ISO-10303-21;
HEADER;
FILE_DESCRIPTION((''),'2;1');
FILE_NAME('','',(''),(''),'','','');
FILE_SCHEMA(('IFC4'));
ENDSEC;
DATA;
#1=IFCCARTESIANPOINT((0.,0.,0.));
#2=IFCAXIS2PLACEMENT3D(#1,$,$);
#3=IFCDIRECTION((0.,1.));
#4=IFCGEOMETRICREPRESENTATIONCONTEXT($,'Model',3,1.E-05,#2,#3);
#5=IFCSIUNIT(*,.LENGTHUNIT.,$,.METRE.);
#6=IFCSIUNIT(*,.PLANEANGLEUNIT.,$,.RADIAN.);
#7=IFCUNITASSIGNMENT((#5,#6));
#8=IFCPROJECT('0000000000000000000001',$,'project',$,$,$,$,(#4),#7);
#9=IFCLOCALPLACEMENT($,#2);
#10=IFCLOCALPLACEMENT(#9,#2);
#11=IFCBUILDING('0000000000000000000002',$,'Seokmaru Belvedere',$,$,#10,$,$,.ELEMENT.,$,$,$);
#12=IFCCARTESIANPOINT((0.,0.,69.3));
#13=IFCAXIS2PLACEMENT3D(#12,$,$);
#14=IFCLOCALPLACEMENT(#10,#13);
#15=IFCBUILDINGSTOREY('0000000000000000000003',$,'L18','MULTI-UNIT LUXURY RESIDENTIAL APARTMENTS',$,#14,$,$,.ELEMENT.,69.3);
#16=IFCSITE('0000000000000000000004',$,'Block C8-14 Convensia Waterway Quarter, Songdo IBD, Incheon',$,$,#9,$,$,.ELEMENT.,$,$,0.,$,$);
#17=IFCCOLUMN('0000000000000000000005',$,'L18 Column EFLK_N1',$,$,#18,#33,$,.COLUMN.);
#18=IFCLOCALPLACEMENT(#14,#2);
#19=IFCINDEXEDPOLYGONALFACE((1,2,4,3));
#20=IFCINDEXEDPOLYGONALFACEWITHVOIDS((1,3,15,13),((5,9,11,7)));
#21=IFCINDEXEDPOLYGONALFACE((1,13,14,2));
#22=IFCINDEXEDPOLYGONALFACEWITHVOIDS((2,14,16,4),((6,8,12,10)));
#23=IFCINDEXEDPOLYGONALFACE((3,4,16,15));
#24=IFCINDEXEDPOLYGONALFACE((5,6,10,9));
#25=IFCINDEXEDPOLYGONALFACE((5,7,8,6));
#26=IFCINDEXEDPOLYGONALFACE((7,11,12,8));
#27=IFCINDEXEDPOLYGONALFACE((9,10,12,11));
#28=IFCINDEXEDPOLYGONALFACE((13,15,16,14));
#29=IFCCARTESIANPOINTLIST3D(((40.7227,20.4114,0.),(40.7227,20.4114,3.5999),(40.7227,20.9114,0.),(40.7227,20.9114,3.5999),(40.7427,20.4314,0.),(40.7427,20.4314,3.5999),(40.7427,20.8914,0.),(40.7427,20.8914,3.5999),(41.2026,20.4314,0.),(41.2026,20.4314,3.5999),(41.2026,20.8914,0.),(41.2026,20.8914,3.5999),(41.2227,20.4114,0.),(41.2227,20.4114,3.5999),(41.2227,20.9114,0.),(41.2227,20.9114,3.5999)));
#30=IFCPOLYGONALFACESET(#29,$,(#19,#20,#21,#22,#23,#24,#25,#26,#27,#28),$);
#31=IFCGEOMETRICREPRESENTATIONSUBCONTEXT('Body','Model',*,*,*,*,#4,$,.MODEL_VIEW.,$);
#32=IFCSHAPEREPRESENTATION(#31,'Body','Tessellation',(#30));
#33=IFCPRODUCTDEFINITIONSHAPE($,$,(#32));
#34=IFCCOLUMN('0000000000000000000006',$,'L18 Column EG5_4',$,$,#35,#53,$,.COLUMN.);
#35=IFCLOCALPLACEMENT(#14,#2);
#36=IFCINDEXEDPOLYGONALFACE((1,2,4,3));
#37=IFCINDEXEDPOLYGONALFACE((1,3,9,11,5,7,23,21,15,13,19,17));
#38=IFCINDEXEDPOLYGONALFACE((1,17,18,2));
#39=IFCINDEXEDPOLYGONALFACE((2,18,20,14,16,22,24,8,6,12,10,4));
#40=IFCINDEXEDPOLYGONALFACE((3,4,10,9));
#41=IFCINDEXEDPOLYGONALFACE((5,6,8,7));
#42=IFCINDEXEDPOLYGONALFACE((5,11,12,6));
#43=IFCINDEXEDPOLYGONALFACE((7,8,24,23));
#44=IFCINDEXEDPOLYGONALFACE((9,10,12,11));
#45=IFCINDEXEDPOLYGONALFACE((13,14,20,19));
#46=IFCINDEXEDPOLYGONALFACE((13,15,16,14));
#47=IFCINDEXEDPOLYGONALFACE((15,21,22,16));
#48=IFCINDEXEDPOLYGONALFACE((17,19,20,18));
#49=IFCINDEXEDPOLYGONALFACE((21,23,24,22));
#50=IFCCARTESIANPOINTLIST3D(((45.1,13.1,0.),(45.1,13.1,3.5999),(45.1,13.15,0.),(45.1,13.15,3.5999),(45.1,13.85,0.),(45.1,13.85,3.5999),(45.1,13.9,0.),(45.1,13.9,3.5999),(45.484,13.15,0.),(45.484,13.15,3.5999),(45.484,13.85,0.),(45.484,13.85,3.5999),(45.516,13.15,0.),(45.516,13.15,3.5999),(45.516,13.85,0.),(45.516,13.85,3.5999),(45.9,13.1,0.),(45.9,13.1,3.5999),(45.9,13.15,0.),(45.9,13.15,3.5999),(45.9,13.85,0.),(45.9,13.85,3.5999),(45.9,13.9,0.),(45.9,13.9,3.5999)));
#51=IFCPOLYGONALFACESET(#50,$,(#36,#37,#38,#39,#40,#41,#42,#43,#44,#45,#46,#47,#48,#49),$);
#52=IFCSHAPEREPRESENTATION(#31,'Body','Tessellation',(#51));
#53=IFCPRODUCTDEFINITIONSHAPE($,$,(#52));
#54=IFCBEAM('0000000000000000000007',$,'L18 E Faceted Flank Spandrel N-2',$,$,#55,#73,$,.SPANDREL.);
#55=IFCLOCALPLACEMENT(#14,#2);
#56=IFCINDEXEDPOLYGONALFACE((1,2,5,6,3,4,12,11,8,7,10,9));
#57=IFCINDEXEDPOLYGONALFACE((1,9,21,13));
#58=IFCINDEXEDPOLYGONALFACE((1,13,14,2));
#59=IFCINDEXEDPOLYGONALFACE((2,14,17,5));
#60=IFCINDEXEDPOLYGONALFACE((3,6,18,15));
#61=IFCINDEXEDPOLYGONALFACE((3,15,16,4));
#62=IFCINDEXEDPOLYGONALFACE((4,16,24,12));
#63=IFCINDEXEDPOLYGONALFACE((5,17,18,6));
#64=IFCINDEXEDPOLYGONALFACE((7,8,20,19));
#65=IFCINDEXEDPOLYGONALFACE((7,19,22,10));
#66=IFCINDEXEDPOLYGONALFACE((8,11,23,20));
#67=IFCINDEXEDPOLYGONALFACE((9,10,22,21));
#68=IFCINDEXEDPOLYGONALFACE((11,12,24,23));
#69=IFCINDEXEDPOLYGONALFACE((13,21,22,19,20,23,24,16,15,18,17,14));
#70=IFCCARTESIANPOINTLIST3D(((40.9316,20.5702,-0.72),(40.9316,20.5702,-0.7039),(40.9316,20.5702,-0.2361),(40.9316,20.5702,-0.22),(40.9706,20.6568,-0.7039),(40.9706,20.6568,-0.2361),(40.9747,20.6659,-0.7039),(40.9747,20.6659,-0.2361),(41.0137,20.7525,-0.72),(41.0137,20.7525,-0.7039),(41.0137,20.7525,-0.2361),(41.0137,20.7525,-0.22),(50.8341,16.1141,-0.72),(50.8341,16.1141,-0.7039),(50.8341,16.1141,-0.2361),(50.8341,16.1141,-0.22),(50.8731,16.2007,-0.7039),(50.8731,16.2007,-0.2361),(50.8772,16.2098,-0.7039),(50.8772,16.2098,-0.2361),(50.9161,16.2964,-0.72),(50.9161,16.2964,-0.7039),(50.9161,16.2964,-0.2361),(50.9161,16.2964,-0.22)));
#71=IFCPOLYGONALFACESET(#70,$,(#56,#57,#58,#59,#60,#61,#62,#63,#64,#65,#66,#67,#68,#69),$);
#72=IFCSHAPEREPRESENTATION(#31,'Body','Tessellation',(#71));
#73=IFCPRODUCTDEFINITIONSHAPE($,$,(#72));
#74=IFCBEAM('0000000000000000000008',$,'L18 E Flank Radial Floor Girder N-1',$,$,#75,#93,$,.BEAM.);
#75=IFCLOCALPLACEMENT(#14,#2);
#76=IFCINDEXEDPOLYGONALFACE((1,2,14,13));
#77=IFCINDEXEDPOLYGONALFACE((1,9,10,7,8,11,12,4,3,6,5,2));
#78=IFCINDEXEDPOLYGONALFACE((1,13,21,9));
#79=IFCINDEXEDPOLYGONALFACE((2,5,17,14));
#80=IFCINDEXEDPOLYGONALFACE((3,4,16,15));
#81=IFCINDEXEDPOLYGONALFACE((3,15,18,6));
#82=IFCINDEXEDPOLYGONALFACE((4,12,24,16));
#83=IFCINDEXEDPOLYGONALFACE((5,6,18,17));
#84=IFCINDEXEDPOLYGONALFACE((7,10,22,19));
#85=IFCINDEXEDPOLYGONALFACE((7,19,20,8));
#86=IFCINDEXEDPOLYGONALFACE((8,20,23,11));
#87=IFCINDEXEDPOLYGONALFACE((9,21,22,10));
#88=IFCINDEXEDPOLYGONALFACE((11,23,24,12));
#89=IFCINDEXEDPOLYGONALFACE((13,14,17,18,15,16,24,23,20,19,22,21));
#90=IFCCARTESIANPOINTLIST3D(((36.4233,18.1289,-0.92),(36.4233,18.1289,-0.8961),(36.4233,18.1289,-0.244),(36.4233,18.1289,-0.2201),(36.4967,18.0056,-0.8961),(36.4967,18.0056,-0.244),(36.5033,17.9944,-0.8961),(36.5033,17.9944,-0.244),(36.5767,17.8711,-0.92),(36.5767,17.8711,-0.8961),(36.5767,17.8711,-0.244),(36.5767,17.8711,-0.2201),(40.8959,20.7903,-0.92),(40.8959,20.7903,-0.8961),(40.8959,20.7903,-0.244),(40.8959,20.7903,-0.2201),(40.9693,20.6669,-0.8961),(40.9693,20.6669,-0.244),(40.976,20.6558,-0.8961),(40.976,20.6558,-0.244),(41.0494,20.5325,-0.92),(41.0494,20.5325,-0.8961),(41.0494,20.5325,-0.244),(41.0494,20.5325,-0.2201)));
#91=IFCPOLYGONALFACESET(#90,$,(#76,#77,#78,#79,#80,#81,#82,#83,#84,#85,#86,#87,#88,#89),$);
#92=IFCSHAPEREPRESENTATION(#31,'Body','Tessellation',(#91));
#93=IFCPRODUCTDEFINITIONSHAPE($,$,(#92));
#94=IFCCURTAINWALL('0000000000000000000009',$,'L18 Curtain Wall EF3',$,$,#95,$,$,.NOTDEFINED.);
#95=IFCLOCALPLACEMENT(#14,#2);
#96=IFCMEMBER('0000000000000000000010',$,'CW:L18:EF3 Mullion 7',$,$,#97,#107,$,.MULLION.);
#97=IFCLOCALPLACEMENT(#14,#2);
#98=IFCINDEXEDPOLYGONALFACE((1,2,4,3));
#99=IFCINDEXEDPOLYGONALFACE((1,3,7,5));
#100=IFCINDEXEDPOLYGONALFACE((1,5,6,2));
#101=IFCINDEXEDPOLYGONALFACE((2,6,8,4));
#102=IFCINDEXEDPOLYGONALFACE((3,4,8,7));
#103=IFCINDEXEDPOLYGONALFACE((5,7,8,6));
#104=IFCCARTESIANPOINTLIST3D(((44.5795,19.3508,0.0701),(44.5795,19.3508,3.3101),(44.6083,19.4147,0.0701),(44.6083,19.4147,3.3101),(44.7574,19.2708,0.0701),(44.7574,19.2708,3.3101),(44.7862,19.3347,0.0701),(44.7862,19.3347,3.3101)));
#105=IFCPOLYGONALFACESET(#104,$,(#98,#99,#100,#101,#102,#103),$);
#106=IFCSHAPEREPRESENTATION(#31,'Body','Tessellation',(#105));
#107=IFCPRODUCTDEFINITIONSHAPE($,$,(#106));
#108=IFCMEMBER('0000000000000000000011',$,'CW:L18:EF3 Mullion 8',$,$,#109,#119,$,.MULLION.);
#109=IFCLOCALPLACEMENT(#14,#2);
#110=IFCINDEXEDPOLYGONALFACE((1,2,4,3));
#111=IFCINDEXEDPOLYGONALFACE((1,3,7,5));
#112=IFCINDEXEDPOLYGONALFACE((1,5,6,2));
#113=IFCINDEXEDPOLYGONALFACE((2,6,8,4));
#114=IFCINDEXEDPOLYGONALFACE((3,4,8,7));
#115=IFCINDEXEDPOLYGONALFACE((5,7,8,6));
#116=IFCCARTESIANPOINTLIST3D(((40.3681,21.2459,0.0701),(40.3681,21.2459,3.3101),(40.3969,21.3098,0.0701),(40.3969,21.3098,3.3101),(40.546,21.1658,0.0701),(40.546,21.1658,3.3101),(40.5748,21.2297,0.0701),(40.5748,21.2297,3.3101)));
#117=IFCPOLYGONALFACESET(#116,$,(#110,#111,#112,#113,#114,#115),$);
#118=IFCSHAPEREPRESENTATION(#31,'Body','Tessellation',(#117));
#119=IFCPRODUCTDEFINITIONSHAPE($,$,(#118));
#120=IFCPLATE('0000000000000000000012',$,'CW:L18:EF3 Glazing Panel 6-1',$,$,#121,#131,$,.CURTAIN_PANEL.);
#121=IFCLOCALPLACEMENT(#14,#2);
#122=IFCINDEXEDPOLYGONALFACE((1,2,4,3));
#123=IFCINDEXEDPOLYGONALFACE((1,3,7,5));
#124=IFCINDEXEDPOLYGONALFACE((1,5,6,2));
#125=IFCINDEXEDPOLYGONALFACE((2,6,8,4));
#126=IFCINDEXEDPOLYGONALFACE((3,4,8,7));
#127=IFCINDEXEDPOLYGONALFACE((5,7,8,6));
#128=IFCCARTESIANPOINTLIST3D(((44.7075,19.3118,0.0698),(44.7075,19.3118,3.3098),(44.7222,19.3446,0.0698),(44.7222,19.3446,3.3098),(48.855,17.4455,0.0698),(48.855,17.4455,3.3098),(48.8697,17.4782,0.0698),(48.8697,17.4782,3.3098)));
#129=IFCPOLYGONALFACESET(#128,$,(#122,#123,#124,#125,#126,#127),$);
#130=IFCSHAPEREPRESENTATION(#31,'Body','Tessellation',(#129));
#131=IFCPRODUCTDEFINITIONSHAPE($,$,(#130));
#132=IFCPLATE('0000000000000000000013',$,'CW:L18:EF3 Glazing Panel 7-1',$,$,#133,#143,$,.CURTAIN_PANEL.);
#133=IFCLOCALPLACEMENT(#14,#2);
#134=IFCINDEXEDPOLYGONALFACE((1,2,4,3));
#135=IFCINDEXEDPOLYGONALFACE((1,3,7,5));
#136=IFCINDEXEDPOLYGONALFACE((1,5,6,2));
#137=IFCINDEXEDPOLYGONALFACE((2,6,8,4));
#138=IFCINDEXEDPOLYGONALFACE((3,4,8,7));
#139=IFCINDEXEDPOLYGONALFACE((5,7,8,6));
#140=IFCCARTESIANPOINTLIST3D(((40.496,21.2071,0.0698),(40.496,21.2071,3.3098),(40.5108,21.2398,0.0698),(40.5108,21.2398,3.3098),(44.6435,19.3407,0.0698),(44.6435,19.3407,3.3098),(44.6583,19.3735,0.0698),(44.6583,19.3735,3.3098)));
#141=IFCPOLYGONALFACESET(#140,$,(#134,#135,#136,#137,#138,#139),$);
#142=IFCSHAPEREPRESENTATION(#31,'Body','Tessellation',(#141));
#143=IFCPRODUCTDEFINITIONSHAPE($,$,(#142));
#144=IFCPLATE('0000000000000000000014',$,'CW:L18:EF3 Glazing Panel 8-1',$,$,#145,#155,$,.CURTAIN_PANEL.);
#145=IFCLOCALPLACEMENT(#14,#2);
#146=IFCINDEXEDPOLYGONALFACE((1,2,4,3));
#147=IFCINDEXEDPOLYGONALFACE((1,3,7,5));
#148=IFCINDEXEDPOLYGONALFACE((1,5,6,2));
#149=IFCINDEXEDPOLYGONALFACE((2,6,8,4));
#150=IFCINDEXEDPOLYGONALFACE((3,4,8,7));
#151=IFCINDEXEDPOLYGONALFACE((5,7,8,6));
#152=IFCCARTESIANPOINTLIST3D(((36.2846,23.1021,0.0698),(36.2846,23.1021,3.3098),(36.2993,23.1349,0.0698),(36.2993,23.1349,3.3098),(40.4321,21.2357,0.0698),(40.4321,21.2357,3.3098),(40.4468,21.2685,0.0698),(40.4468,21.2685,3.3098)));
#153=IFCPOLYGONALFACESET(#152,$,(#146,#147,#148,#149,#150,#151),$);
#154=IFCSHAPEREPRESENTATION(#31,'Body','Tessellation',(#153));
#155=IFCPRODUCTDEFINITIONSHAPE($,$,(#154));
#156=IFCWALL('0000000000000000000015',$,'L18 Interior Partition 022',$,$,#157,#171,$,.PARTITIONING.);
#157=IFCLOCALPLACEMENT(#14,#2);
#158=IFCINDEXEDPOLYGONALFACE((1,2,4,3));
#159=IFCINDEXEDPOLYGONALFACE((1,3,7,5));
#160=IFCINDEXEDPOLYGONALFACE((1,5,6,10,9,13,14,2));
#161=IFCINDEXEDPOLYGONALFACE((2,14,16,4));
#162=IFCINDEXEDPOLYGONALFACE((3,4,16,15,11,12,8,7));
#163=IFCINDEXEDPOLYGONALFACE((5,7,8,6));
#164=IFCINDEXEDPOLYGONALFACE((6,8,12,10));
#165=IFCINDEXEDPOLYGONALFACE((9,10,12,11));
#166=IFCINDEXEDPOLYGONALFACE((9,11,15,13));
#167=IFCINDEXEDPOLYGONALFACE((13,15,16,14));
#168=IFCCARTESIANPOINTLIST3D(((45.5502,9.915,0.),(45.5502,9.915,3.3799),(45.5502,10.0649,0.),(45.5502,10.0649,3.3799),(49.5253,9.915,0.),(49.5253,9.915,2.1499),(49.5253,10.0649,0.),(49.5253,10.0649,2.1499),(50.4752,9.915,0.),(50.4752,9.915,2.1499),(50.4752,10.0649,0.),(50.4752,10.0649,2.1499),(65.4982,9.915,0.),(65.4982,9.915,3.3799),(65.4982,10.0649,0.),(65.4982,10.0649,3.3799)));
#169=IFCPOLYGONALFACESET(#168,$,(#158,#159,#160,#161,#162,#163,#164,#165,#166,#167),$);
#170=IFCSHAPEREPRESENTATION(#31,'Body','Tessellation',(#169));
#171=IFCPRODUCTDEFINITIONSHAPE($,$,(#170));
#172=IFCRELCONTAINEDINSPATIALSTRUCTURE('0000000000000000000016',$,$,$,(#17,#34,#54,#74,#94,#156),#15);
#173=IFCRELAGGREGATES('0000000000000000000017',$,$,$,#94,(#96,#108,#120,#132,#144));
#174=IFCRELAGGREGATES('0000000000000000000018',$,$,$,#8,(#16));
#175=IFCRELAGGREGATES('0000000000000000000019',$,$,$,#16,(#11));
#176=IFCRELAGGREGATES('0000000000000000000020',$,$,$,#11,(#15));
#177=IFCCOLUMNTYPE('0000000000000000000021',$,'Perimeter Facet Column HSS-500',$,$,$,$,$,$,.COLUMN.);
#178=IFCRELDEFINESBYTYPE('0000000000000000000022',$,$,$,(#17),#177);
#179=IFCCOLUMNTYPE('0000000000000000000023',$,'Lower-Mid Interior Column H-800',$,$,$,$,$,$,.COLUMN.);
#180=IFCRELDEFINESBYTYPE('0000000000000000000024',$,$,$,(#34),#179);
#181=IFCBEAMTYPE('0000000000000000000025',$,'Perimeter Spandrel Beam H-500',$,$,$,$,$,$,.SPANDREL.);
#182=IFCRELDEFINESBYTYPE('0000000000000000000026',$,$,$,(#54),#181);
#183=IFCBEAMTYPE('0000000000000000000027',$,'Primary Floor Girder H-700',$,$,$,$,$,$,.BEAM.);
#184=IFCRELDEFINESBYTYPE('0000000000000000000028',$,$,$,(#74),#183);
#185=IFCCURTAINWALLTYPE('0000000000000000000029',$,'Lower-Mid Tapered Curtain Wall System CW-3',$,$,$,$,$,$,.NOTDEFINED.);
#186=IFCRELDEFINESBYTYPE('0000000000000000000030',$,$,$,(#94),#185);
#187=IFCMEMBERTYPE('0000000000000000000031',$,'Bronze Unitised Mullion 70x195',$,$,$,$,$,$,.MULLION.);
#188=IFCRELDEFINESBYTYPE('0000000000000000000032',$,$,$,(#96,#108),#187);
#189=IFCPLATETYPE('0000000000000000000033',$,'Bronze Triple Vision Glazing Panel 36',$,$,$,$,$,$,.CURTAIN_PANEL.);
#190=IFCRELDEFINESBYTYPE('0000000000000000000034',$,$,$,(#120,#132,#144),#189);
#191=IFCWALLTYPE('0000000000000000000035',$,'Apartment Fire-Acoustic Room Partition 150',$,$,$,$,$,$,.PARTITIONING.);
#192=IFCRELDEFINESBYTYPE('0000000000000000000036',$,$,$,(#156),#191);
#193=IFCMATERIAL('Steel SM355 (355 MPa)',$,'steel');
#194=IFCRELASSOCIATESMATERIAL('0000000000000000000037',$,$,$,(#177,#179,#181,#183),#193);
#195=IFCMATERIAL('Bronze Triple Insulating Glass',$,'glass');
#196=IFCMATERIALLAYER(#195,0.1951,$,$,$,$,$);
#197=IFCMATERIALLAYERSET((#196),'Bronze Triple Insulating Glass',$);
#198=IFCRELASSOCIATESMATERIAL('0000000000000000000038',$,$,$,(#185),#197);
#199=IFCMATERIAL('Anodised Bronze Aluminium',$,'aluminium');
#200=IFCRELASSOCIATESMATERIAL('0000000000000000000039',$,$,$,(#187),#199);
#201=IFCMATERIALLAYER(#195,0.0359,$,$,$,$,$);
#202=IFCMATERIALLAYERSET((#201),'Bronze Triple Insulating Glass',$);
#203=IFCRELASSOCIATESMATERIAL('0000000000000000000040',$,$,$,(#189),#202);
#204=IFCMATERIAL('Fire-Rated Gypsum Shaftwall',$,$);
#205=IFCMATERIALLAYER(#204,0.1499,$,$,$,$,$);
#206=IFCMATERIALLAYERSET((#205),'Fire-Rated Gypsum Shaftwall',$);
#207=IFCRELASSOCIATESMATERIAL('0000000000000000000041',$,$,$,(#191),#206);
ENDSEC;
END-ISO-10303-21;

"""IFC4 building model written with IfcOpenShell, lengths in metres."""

from ifc_helpers import new_model, si_unit, direction, frame, frame_2d, origin, origin_2d, place, context, subcontext, project, spatial, rectangle, hollow_rectangle, i_section, extrude, source, transform, mapped, material, layer, layer_set, material_profile, profile_set, type_object, type_shapes, element, aggregate, save


model = new_model("IFC4")

# Units and contexts
model_context = context("Model", 3, precision=1e-05, world=origin(), true_north=direction((0.0, 1.0)))
body_context = subcontext(model_context, "Body", "Model", "MODEL_VIEW")
ifc_project = project(units=[si_unit("LENGTHUNIT", "METRE"), si_unit("PLANEANGLEUNIT", "RADIAN")], contexts=[model_context])

# Site, building, storey
site_placement = place(None, origin())
site = spatial("IfcSite", under=ifc_project, at=site_placement, Name="Block C8-14 Convensia Waterway Quarter, Songdo IBD, Incheon", CompositionType="ELEMENT", RefElevation=0.0)
building_placement = place(site_placement, origin())
building = spatial("IfcBuilding", under=site, at=building_placement, Name="Seokmaru Belvedere", CompositionType="ELEMENT")
storey_placement = place(building_placement, frame((0.0, 0.0, 69.3)))
storey = spatial("IfcBuildingStorey", under=building, at=storey_placement, Name="L18", Description="MULTI-UNIT LUXURY RESIDENTIAL APARTMENTS", CompositionType="ELEMENT", Elevation=69.3)

# Columns
ifc_material_1 = material(Name="Steel SM355 (355 MPa)", Category="steel")
ifc_material_profile_1 = material_profile(ifc_material_1, hollow_rectangle(XDim=0.5, YDim=0.5, WallThickness=0.02, at=origin_2d()), Name="HSS-500x500x20")
ifc_profile_set_1 = profile_set([ifc_material_profile_1], Name="Steel SM355 (355 MPa)")
column_type_1 = type_object("IfcColumnType", Name="Perimeter Facet Column HSS-500", PredefinedType="COLUMN", material=ifc_profile_set_1)
shared_shape_1 = source(origin(), body_context, "Body", "SweptSolid", [
    extrude(hollow_rectangle(XDim=0.5, YDim=0.5, WallThickness=0.02, at=origin_2d()), origin(), (0.0, 0.0, 1.0), 3.5999),
])
type_shapes(column_type_1, [shared_shape_1])
column_1_placement = place(storey_placement, frame((40.9727, 20.6614, 0.0), z_axis=(0.0, 0.0, 1.0), x_axis=(1.0, 0.0, 0.0)))
element("IfcColumn", 1, at=column_1_placement, inside=storey, type_object=column_type_1, Name="L18 Column EFLK_N1", PredefinedType="COLUMN", context=body_context, shape_type="MappedRepresentation", body=[
    mapped(shared_shape_1, transform((0.0, 0.0, 0.0), scale=1.0)),
])
ifc_material_profile_2 = material_profile(ifc_material_1, i_section(OverallWidth=0.8, OverallDepth=0.8, WebThickness=0.032, FlangeThickness=0.05, at=origin_2d()), Name="H-800x800x32x50")
ifc_profile_set_2 = profile_set([ifc_material_profile_2], Name="Steel SM355 (355 MPa)")
column_type_2 = type_object("IfcColumnType", Name="Lower-Mid Interior Column H-800", PredefinedType="COLUMN", material=ifc_profile_set_2)
shared_shape_2 = source(origin(), body_context, "Body", "SweptSolid", [
    extrude(i_section(OverallWidth=0.8, OverallDepth=0.8, WebThickness=0.032, FlangeThickness=0.05, at=origin_2d()), origin(), (0.0, 0.0, 1.0), 3.5999),
])
type_shapes(column_type_2, [shared_shape_2])
column_2_placement = place(storey_placement, frame((45.5, 13.5, 0.0), z_axis=(0.0, 0.0, 1.0), x_axis=(1.0, 0.0, 0.0)))
element("IfcColumn", 2, at=column_2_placement, inside=storey, type_object=column_type_2, Name="L18 Column EG5_4", PredefinedType="COLUMN", context=body_context, shape_type="MappedRepresentation", body=[
    mapped(shared_shape_2, transform((0.0, 0.0, 0.0), scale=1.0)),
])

# Beams
ifc_material_profile_3 = material_profile(ifc_material_1, i_section(OverallWidth=0.2, OverallDepth=0.5, WebThickness=0.01, FlangeThickness=0.0161, at=origin_2d()), Name="H-500x200x10x16")
ifc_profile_set_3 = profile_set([ifc_material_profile_3], Name="Steel SM355 (355 MPa)")
beam_type_1 = type_object("IfcBeamType", Name="Perimeter Spandrel Beam H-500", PredefinedType="SPANDREL", material=ifc_profile_set_3)
shared_shape_3 = source(origin(), body_context, "Body", "SweptSolid", [
    extrude(i_section(OverallWidth=0.2, OverallDepth=0.5, WebThickness=0.01, FlangeThickness=0.0161, at=origin_2d()), origin(), (0.0, 0.0, 1.0), 10.8589),
])
type_shapes(beam_type_1, [shared_shape_3])
beam_1_placement = place(storey_placement, frame((40.9727, 20.6614, -0.47), z_axis=(0.911922, -0.410365, 0.0), x_axis=(0.410365, 0.911922, 0.0)))
element("IfcBeam", 3, at=beam_1_placement, inside=storey, type_object=beam_type_1, Name="L18 E Faceted Flank Spandrel N-2", PredefinedType="SPANDREL", context=body_context, shape_type="MappedRepresentation", body=[
    mapped(shared_shape_3, transform((0.0, 0.0, 0.0), scale=1.0)),
])
ifc_material_profile_4 = material_profile(ifc_material_1, i_section(OverallWidth=0.3, OverallDepth=0.7, WebThickness=0.0129, FlangeThickness=0.0239, at=origin_2d()), Name="H-700x300x13x24")
ifc_profile_set_4 = profile_set([ifc_material_profile_4], Name="Steel SM355 (355 MPa)")
beam_type_2 = type_object("IfcBeamType", Name="Primary Floor Girder H-700", PredefinedType="BEAM", material=ifc_profile_set_4)
shared_shape_4 = source(origin(), body_context, "Body", "SweptSolid", [
    extrude(i_section(OverallWidth=0.3, OverallDepth=0.7, WebThickness=0.0129, FlangeThickness=0.0239, at=origin_2d()), origin(), (0.0, 0.0, 1.0), 5.2046),
])
type_shapes(beam_type_2, [shared_shape_4])
beam_2_placement = place(storey_placement, frame((40.9727, 20.6614, -0.5701), z_axis=(-0.85937, -0.511354, 0.0), x_axis=(0.511354, -0.85937, 0.0)))
element("IfcBeam", 4, at=beam_2_placement, inside=storey, type_object=beam_type_2, Name="L18 E Flank Radial Floor Girder N-1", PredefinedType="BEAM", context=body_context, shape_type="MappedRepresentation", body=[
    mapped(shared_shape_4, transform((0.0, 0.0, 0.0), scale=1.0)),
])

# Curtain wall, members, plates
ifc_material_2 = material(Name="Bronze Triple Insulating Glass", Category="glass")
ifc_layer_1 = layer(ifc_material_2, 0.1951)
ifc_layer_set_1 = layer_set([ifc_layer_1], Name="Bronze Triple Insulating Glass")
curtain_wall_type = type_object("IfcCurtainWallType", Name="Lower-Mid Tapered Curtain Wall System CW-3", PredefinedType="NOTDEFINED", material=ifc_layer_set_1)
curtain_wall_placement = place(storey_placement, origin())
curtain_wall = element("IfcCurtainWall", 5, at=curtain_wall_placement, inside=storey, type_object=curtain_wall_type, Name="L18 Curtain Wall EF3", PredefinedType="NOTDEFINED")
ifc_material_3 = material(Name="Anodised Bronze Aluminium", Category="aluminium")
ifc_material_profile_5 = material_profile(ifc_material_3, rectangle(XDim=0.0701, YDim=0.1951, at=origin_2d()), Name="CW-M-70x195")
ifc_profile_set_5 = profile_set([ifc_material_profile_5], Name="Anodised Bronze Aluminium")
member_type = type_object("IfcMemberType", Name="Bronze Unitised Mullion 70x195", PredefinedType="MULLION", material=ifc_profile_set_5)
shared_shape_5 = source(origin(), body_context, "Body", "SweptSolid", [
    extrude(rectangle(XDim=0.0701, YDim=0.1951, at=origin_2d()), origin(), (0.0, 0.0, 1.0), 3.24),
])
type_shapes(member_type, [shared_shape_5])
member_1_placement = place(storey_placement, frame((44.6829, 19.3428, 0.0701), z_axis=(0.0, 0.0, 1.0), x_axis=(-0.410366, -0.911921, 0.0)))
member_1 = element("IfcMember", 6, at=member_1_placement, type_object=member_type, Name="CW:L18:EF3 Mullion 7", PredefinedType="MULLION", context=body_context, shape_type="MappedRepresentation", body=[
    mapped(shared_shape_5, transform((0.0, 0.0, 0.0), scale=1.0)),
])
member_2_placement = place(storey_placement, frame((40.4714, 21.2378, 0.0701), z_axis=(0.0, 0.0, 1.0), x_axis=(-0.410366, -0.911921, 0.0)))
member_2 = element("IfcMember", 7, at=member_2_placement, type_object=member_type, Name="CW:L18:EF3 Mullion 8", PredefinedType="MULLION", context=body_context, shape_type="MappedRepresentation", body=[
    mapped(shared_shape_5, transform((0.0, 0.0, 0.0), scale=1.0)),
])
ifc_layer_2 = layer(ifc_material_2, 0.0359)
ifc_layer_set_2 = layer_set([ifc_layer_2], Name="Bronze Triple Insulating Glass")
plate_type = type_object("IfcPlateType", Name="Bronze Triple Vision Glazing Panel 36", PredefinedType="CURTAIN_PANEL", material=ifc_layer_set_2)
shared_shape_6 = source(origin(), body_context, "Body", "SweptSolid", [
    extrude(rectangle(XDim=4.5481, YDim=0.0359, at=origin_2d()), origin(), (0.0, 0.0, 1.0), 3.24),
])
type_shapes(plate_type, [shared_shape_6])
plate_1_placement = place(storey_placement, frame((46.7886, 18.395, 0.0698), z_axis=(0.0, 0.0, 1.0), x_axis=(-0.911921, 0.410366, 0.0)))
plate_1 = element("IfcPlate", 8, at=plate_1_placement, type_object=plate_type, Name="CW:L18:EF3 Glazing Panel 6-1", PredefinedType="CURTAIN_PANEL", context=body_context, shape_type="MappedRepresentation", body=[
    mapped(shared_shape_6, transform((0.0, 0.0, 0.0), scale=1.0)),
])
plate_2_placement = place(storey_placement, frame((42.5771, 20.2903, 0.0698), z_axis=(0.0, 0.0, 1.0), x_axis=(-0.911921, 0.410366, 0.0)))
plate_2 = element("IfcPlate", 9, at=plate_2_placement, type_object=plate_type, Name="CW:L18:EF3 Glazing Panel 7-1", PredefinedType="CURTAIN_PANEL", context=body_context, shape_type="MappedRepresentation", body=[
    mapped(shared_shape_6, transform((0.0, 0.0, 0.0), scale=1.0)),
])
plate_3_placement = place(storey_placement, frame((38.3657, 22.1853, 0.0698), z_axis=(0.0, 0.0, 1.0), x_axis=(-0.911921, 0.410366, 0.0)))
plate_3 = element("IfcPlate", 10, at=plate_3_placement, type_object=plate_type, Name="CW:L18:EF3 Glazing Panel 8-1", PredefinedType="CURTAIN_PANEL", context=body_context, shape_type="MappedRepresentation", body=[
    mapped(shared_shape_6, transform((0.0, 0.0, 0.0), scale=1.0)),
])
aggregate(curtain_wall, [member_1, member_2, plate_1, plate_2, plate_3])

# Wall, opening
ifc_material_4 = material(Name="Fire-Rated Gypsum Shaftwall")
ifc_layer_3 = layer(ifc_material_4, 0.1499)
ifc_layer_set_3 = layer_set([ifc_layer_3], Name="Fire-Rated Gypsum Shaftwall")
wall_type_1 = type_object("IfcWallType", Name="Apartment Fire-Acoustic Room Partition 150", PredefinedType="PARTITIONING", material=ifc_layer_set_3)
wall_1_placement = place(storey_placement, frame((45.55, 9.99, 0.0), z_axis=(0.0, 0.0, 1.0), x_axis=(1.0, 0.0, 0.0)))
wall_1 = element("IfcWall", 11, at=wall_1_placement, inside=storey, type_object=wall_type_1, Name="L18 Interior Partition 022", PredefinedType="PARTITIONING", context=body_context, shape_type="SweptSolid", body=[
    extrude(rectangle(XDim=19.948, YDim=0.1499, at=frame_2d((9.9741, 0.0))), origin(), (0.0, 0.0, 1.0), 3.3799),
])
opening_1_placement = place(wall_1_placement, frame((3.9751, 0.0, 0.0)))
element("IfcOpeningElement", 12, at=opening_1_placement, cuts=wall_1, PredefinedType="OPENING", context=body_context, shape_type="SweptSolid", body=[
    extrude(rectangle(XDim=0.95, YDim=2.1499, at=frame_2d((0.4751, 1.075))), frame((0.0, 0.085, 0.0), z_axis=(0.0, -1.0, 0.0), x_axis=(1.0, 0.0, 0.0)), (0.0, 0.0, 1.0), 0.1699),
])

save(model, "model.ifc")
